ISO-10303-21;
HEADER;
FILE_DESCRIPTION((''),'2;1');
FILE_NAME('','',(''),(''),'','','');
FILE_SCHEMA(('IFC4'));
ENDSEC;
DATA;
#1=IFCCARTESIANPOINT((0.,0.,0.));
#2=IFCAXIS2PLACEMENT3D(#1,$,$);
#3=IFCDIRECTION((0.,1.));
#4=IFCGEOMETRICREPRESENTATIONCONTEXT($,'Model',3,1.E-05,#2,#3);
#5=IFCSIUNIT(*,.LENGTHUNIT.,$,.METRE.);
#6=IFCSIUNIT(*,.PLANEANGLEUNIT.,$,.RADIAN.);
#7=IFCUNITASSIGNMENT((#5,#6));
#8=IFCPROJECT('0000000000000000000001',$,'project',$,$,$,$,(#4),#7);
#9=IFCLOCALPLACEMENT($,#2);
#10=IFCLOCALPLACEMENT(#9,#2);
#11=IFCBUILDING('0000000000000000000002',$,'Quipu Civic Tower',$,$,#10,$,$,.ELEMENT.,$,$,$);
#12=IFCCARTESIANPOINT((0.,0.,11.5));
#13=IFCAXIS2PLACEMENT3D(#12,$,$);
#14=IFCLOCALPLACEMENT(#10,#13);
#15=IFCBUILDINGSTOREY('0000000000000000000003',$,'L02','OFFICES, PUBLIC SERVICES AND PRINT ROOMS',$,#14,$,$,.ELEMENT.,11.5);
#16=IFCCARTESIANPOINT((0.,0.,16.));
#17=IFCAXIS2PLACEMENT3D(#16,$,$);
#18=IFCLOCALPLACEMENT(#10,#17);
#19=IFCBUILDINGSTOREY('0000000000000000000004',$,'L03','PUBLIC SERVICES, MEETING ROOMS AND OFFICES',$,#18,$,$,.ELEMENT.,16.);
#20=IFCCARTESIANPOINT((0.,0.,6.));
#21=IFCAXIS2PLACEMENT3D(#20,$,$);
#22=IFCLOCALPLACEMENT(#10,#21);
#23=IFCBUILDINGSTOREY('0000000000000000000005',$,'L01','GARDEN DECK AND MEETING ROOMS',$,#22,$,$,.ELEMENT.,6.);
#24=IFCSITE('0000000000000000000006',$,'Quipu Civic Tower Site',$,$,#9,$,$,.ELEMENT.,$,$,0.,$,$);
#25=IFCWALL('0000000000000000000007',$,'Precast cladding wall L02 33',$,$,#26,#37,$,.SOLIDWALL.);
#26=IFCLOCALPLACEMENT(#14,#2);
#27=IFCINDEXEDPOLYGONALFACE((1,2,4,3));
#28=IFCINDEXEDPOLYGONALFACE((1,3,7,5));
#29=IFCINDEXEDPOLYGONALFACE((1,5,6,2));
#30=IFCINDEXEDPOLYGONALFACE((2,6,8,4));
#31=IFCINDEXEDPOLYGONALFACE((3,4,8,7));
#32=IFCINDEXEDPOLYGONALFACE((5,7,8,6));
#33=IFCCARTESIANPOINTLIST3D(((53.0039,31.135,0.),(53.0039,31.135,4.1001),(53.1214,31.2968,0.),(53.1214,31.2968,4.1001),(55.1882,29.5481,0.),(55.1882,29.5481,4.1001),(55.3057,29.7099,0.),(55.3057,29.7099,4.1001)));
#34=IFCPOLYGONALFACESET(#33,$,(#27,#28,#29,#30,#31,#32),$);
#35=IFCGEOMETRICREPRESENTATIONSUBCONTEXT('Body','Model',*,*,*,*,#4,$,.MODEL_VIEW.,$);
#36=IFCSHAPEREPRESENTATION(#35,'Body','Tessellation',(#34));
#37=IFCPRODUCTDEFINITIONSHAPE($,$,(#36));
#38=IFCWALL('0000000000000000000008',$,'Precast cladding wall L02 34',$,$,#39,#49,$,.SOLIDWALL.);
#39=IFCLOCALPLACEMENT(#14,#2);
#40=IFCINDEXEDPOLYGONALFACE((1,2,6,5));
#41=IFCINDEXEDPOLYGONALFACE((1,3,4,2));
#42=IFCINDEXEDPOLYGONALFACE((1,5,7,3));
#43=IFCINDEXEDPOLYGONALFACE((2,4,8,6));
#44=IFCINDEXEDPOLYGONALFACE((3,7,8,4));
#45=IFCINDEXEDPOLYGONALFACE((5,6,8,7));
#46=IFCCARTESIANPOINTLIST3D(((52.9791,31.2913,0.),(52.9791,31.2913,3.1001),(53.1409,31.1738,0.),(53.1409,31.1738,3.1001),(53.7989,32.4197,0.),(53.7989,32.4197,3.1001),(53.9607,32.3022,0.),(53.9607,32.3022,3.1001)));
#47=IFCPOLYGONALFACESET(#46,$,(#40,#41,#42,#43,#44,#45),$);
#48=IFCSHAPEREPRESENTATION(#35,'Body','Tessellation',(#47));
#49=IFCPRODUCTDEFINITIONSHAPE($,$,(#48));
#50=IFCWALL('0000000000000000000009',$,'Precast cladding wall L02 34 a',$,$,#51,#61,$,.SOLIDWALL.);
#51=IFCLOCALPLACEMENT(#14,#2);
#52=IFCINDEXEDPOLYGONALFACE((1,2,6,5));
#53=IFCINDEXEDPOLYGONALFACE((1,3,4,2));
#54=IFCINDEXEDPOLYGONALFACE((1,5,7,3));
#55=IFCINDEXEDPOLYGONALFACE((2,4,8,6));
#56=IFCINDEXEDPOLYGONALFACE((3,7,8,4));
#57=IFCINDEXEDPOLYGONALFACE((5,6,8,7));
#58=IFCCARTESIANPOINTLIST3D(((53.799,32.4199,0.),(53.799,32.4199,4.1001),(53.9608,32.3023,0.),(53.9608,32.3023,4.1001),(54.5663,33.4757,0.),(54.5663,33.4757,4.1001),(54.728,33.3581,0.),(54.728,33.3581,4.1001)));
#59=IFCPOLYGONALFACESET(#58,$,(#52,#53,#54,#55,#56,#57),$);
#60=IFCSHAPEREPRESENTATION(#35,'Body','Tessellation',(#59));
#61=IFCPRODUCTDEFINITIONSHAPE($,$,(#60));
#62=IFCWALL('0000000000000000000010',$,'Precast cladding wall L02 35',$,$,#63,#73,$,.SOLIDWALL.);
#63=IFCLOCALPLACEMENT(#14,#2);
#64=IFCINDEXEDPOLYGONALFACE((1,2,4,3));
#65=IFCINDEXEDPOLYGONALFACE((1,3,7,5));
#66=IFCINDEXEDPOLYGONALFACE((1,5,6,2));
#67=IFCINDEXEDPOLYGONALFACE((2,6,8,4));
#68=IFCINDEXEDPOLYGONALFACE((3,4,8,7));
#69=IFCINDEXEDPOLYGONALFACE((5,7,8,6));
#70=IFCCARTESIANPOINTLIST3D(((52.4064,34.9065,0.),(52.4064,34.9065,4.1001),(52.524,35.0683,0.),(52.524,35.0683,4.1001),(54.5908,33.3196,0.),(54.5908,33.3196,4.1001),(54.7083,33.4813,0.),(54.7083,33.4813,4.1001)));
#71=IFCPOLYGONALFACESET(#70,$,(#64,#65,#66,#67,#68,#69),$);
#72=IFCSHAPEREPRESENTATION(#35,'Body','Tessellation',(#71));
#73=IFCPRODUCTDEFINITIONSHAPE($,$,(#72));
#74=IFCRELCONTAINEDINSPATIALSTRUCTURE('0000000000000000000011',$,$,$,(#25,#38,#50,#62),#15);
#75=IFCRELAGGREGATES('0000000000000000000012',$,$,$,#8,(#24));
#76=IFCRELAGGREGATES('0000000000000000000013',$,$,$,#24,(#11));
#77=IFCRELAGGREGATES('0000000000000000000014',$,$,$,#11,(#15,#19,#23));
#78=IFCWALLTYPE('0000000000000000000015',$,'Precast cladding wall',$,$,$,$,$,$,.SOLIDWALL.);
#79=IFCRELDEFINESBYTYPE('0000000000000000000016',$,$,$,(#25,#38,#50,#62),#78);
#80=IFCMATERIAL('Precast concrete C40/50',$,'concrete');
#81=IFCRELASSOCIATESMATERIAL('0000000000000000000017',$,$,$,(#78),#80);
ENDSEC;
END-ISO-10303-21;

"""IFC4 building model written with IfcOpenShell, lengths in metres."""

from ifc_helpers import new_model, si_unit, direction, frame, frame_2d, origin, place, context, subcontext, project, spatial, rectangle, extrude, material, type_object, element, save


model = new_model("IFC4")

# Units and contexts
model_context = context("Model", 3, precision=1e-05, world=origin(), true_north=direction((0.0, 1.0)))
body_context = subcontext(model_context, "Body", "Model", "MODEL_VIEW")
ifc_project = project(units=[si_unit("LENGTHUNIT", "METRE"), si_unit("PLANEANGLEUNIT", "RADIAN")], contexts=[model_context])

# Site, building, storey
site_placement = place(None, origin())
site = spatial("IfcSite", under=ifc_project, at=site_placement, Name="Quipu Civic Tower Site", CompositionType="ELEMENT", RefElevation=0.0)
building_placement = place(site_placement, origin())
building = spatial("IfcBuilding", under=site, at=building_placement, Name="Quipu Civic Tower", CompositionType="ELEMENT")
storey_1_placement = place(building_placement, frame((0.0, 0.0, 11.5)))
storey_1 = spatial("IfcBuildingStorey", under=building, at=storey_1_placement, Name="L02", Description="OFFICES, PUBLIC SERVICES AND PRINT ROOMS", CompositionType="ELEMENT", Elevation=11.5)

# Shared definitions
storey_2_placement = place(building_placement, frame((0.0, 0.0, 16.0)))
storey_2 = spatial("IfcBuildingStorey", under=building, at=storey_2_placement, Name="L03", Description="PUBLIC SERVICES, MEETING ROOMS AND OFFICES", CompositionType="ELEMENT", Elevation=16.0)

# Shared definitions
storey_3_placement = place(building_placement, frame((0.0, 0.0, 6.0)))
storey_3 = spatial("IfcBuildingStorey", under=building, at=storey_3_placement, Name="L01", Description="GARDEN DECK AND MEETING ROOMS", CompositionType="ELEMENT", Elevation=6.0)

# Walls
ifc_material_1 = material(Name="Precast concrete C40/50", Category="concrete")
wall_type_1 = type_object("IfcWallType", Name="Precast cladding wall", PredefinedType="SOLIDWALL", material=ifc_material_1)
wall_1_placement = place(storey_1_placement, frame((55.2471, 29.6289, 0.0), z_axis=(0.0, 0.0, 1.0), x_axis=(-0.809033, 0.587763, 0.0)))
element("IfcWall", 1, at=wall_1_placement, inside=storey_1, type_object=wall_type_1, Name="Precast cladding wall L02 33", PredefinedType="SOLIDWALL", context=body_context, shape_type="SweptSolid", body=[
    extrude(rectangle(XDim=2.7, YDim=0.2, at=frame_2d((1.3501, 0.0))), origin(), (0.0, 0.0, 1.0), 4.1001),
])
wall_2_placement = place(storey_1_placement, frame((53.0601, 31.2327, 0.0), z_axis=(0.0, 0.0, 1.0), x_axis=(0.587776, 0.809024, 0.0)))
element("IfcWall", 2, at=wall_2_placement, inside=storey_1, type_object=wall_type_1, Name="Precast cladding wall L02 34", PredefinedType="SOLIDWALL", context=body_context, shape_type="SweptSolid", body=[
    extrude(rectangle(XDim=1.3948, YDim=0.2, at=frame_2d((0.6973, 0.0))), origin(), (0.0, 0.0, 1.0), 3.1001),
])
wall_3_placement = place(storey_1_placement, frame((53.8799, 32.3611, 0.0), z_axis=(0.0, 0.0, 1.0), x_axis=(0.587871, 0.808954, 0.0)))
element("IfcWall", 3, at=wall_3_placement, inside=storey_1, type_object=wall_type_1, Name="Precast cladding wall L02 34 a", PredefinedType="SOLIDWALL", context=body_context, shape_type="SweptSolid", body=[
    extrude(rectangle(XDim=1.3052, YDim=0.2, at=frame_2d((0.6526, 0.0))), origin(), (0.0, 0.0, 1.0), 4.1001),
])
wall_4_placement = place(storey_1_placement, frame((54.6497, 33.4004, 0.0), z_axis=(0.0, 0.0, 1.0), x_axis=(-0.809033, 0.587763, 0.0)))
element("IfcWall", 4, at=wall_4_placement, inside=storey_1, type_object=wall_type_1, Name="Precast cladding wall L02 35", PredefinedType="SOLIDWALL", context=body_context, shape_type="SweptSolid", body=[
    extrude(rectangle(XDim=2.7, YDim=0.2, at=frame_2d((1.3501, 0.0))), origin(), (0.0, 0.0, 1.0), 4.1001),
])

save(model, "model.ifc")
